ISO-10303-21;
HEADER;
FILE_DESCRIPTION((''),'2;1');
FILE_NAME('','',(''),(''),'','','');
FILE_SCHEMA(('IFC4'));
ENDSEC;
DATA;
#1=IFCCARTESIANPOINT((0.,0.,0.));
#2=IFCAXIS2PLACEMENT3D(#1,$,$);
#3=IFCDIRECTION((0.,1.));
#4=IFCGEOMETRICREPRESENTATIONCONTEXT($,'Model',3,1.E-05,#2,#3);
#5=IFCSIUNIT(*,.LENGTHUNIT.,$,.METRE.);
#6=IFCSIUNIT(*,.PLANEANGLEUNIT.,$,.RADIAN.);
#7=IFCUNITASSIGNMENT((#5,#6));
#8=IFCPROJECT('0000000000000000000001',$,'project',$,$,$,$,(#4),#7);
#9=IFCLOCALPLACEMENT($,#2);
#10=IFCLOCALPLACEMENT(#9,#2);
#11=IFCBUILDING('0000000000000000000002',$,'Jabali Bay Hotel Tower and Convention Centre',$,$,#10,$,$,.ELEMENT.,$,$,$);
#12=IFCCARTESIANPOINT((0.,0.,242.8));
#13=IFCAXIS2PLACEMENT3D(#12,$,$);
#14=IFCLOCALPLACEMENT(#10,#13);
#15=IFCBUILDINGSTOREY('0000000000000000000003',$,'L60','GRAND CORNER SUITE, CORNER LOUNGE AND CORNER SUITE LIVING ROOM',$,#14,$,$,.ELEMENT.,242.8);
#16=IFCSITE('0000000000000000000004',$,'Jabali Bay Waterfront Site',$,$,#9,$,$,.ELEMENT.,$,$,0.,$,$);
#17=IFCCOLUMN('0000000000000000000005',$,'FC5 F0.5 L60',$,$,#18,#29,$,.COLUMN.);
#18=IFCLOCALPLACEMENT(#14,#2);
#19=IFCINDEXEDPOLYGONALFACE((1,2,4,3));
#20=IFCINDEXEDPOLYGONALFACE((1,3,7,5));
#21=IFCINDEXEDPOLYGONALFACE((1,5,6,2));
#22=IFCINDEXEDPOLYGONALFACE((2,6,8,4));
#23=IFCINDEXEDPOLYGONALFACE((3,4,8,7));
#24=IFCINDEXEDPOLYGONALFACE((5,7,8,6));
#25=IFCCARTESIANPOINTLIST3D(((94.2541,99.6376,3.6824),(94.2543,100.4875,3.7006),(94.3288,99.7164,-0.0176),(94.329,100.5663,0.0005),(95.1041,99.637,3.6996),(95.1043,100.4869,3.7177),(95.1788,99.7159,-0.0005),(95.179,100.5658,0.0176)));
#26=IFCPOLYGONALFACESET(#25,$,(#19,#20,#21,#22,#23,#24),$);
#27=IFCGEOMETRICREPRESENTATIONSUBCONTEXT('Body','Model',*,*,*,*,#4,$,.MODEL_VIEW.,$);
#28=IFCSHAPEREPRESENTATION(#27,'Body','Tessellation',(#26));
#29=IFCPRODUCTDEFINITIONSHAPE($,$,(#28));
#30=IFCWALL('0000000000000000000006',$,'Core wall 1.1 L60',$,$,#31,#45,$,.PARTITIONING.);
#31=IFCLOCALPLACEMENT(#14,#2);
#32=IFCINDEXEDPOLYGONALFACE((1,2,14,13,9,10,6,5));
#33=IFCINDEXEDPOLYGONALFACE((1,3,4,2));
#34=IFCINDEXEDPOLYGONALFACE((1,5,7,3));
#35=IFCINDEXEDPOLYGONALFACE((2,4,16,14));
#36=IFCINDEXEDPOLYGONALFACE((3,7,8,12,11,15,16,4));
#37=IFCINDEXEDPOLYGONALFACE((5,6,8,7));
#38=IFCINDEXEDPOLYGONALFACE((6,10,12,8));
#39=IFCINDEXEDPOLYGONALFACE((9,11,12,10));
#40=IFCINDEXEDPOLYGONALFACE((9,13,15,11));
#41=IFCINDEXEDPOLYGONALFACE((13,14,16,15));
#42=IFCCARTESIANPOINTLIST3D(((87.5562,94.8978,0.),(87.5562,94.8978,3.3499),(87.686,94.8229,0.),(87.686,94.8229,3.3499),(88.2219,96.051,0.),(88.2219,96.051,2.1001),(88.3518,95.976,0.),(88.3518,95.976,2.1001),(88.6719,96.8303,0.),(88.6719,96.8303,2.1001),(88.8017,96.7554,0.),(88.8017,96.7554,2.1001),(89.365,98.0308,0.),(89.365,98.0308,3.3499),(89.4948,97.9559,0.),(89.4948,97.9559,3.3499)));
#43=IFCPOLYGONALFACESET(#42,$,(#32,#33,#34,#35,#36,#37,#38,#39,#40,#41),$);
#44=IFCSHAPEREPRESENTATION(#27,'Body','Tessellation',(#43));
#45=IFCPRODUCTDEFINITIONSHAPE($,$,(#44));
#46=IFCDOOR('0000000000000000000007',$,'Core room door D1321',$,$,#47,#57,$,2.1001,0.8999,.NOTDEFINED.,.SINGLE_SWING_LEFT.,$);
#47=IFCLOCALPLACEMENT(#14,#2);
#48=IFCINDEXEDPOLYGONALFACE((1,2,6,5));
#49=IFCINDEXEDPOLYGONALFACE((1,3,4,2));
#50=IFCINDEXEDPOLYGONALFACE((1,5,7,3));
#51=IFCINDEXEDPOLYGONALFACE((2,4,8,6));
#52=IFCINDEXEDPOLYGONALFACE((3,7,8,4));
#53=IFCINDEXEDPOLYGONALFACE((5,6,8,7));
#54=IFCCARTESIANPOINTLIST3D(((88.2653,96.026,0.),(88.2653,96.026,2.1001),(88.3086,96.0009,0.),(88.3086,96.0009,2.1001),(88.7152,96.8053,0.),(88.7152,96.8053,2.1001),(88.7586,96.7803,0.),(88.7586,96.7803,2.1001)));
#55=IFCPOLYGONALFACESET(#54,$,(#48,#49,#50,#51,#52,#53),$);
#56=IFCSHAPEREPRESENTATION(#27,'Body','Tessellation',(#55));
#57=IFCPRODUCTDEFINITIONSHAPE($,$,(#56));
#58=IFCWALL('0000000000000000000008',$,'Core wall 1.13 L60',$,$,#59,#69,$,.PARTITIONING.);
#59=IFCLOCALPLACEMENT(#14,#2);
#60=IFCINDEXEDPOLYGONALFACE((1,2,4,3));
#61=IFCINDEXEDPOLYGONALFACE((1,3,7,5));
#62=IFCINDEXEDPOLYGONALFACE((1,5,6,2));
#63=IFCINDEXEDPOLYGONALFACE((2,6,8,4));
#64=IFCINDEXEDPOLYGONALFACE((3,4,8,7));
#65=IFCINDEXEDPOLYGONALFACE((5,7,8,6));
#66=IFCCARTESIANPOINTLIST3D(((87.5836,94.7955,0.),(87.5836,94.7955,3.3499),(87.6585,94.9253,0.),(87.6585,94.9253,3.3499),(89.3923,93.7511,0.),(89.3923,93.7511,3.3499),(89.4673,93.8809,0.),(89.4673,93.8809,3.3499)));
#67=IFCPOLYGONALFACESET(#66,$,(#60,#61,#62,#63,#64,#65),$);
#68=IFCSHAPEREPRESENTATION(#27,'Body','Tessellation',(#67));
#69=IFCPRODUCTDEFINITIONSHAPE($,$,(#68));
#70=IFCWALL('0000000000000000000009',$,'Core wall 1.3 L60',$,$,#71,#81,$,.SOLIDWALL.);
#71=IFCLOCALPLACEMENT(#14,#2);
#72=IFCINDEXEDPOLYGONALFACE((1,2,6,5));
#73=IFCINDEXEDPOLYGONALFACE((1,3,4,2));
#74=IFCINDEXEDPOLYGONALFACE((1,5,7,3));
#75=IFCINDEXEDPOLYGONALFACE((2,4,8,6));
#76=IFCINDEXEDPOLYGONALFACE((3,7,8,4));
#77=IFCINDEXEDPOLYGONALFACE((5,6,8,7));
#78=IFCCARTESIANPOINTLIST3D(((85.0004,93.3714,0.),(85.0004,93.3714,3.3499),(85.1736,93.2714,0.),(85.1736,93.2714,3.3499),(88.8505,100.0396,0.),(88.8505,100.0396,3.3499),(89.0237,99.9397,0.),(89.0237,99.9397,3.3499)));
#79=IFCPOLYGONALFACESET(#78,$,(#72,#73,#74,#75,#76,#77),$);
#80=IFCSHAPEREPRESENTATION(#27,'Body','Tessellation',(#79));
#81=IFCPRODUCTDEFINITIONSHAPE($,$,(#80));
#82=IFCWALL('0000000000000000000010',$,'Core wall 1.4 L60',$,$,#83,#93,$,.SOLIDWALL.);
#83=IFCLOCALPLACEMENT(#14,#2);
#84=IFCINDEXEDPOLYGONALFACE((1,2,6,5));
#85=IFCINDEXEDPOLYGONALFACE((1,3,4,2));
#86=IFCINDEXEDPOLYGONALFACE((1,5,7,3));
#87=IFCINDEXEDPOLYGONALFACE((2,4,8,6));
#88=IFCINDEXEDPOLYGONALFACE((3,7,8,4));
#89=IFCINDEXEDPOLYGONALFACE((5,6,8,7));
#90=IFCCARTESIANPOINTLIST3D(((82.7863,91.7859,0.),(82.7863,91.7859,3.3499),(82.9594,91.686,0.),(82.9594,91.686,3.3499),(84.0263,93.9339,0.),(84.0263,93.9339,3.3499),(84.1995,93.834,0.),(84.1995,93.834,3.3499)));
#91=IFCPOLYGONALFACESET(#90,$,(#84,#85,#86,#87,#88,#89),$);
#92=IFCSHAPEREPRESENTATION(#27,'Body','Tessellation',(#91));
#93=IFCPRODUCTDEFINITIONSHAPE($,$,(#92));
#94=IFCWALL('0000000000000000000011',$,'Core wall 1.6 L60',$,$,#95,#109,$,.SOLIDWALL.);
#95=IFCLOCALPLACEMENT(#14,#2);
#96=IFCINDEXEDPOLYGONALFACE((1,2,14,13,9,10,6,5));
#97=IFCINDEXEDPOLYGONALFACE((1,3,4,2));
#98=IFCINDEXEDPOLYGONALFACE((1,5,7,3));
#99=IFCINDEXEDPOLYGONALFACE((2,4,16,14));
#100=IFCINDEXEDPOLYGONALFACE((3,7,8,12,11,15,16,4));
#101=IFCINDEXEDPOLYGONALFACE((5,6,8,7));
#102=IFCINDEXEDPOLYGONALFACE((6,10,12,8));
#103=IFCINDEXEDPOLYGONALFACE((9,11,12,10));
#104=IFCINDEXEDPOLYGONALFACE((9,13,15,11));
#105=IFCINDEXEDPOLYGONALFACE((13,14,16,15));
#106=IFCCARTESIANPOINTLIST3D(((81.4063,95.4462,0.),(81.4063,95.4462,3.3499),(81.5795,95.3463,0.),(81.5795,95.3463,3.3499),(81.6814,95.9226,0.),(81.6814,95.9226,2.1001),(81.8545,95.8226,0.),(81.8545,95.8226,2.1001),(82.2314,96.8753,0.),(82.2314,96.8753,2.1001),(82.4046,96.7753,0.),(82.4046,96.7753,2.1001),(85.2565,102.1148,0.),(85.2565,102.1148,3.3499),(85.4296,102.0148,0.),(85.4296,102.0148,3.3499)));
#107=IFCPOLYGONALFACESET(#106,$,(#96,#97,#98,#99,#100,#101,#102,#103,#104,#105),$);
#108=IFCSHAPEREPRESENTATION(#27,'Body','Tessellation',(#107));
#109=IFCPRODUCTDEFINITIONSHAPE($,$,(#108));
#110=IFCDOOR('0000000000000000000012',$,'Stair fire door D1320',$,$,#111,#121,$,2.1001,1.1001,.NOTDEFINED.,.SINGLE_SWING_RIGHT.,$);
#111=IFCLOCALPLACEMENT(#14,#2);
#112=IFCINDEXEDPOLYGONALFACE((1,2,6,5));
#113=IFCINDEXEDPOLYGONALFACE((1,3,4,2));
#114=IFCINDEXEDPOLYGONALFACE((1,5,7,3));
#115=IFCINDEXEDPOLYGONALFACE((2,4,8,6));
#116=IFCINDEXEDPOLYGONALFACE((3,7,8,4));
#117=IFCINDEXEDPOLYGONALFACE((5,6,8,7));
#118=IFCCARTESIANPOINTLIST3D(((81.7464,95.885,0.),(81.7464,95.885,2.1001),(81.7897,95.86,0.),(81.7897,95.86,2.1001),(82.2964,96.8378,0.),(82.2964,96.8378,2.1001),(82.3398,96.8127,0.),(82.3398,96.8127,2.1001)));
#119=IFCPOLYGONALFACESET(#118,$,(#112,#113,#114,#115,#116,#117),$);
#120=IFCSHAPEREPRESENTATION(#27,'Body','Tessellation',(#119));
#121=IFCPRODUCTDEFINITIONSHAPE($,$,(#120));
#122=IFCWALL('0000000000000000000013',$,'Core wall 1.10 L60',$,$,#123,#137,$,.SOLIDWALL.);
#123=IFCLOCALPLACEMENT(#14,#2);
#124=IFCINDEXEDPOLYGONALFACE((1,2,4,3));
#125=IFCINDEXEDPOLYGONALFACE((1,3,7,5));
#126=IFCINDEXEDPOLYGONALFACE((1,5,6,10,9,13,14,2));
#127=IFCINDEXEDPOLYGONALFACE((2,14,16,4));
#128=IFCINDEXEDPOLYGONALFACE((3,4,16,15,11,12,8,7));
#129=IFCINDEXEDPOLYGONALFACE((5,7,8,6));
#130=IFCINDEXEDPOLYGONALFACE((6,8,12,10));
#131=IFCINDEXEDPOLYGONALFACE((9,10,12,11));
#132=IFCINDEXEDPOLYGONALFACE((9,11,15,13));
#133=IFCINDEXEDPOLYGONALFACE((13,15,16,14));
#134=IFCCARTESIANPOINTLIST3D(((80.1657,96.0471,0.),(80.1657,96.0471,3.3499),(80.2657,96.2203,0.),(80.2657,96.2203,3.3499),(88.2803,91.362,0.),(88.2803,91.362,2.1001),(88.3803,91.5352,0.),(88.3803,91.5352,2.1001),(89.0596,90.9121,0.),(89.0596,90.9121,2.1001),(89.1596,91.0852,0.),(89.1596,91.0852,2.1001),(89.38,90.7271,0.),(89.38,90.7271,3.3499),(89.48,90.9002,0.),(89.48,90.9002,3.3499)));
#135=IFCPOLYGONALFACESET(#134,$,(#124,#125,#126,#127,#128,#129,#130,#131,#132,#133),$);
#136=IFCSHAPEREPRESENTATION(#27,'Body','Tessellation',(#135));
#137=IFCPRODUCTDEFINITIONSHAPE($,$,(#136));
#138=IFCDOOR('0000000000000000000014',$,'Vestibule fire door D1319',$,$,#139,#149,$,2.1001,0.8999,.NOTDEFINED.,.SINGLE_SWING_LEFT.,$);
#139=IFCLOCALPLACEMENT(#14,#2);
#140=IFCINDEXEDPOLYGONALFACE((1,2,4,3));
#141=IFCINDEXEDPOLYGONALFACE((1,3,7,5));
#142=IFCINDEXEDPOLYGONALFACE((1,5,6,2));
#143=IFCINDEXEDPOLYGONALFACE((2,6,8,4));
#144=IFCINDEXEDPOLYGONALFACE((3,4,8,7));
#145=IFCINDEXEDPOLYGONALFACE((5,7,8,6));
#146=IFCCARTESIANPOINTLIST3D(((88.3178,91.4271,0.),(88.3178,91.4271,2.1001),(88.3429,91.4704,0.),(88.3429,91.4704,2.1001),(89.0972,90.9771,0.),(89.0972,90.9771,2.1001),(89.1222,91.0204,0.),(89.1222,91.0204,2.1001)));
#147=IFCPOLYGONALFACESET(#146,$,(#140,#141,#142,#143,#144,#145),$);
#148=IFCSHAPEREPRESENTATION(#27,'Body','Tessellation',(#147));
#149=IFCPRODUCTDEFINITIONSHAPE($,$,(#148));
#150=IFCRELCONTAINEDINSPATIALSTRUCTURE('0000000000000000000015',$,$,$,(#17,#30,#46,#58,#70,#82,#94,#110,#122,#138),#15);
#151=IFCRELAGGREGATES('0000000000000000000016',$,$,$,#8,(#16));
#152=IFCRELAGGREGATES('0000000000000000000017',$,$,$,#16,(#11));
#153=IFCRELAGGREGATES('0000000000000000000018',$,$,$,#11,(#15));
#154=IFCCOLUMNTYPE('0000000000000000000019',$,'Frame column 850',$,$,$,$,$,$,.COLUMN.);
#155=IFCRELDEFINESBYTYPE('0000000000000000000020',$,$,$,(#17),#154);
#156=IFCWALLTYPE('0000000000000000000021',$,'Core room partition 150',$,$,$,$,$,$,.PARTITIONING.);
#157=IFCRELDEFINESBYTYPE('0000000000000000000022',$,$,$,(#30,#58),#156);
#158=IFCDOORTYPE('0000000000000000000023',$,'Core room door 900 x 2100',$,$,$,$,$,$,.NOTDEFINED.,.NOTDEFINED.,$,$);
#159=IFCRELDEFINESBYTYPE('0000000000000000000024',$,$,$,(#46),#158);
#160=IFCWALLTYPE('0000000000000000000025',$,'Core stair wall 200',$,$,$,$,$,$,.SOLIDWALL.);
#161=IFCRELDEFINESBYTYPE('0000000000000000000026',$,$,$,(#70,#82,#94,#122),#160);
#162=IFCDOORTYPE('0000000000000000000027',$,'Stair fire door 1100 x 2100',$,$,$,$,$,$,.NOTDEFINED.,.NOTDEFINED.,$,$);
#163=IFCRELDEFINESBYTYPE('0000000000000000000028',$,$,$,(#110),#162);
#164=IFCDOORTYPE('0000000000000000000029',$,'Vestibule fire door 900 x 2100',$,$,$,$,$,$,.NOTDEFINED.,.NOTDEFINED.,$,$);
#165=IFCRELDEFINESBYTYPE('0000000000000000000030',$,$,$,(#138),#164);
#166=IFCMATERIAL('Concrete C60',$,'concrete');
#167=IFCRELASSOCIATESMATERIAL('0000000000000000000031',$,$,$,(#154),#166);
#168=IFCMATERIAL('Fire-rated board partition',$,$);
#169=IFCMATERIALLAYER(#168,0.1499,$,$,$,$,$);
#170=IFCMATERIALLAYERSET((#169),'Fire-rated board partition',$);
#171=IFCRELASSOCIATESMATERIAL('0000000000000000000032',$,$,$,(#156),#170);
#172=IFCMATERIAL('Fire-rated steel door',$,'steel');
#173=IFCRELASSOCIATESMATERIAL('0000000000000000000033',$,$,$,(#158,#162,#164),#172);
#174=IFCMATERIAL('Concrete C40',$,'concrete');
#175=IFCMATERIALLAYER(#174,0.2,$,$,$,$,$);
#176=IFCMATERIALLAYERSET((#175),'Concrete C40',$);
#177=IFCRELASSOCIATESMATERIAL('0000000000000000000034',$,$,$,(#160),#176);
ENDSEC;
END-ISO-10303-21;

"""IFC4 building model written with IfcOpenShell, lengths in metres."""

from ifc_helpers import new_model, si_unit, direction, frame, frame_2d, origin, origin_2d, place, context, subcontext, project, spatial, rectangle, extrude, material, layer, layer_set, material_profile, profile_set, type_object, element, fill, save


model = new_model("IFC4")

# Units and contexts
model_context = context("Model", 3, precision=1e-05, world=origin(), true_north=direction((0.0, 1.0)))
body_context = subcontext(model_context, "Body", "Model", "MODEL_VIEW")
ifc_project = project(units=[si_unit("LENGTHUNIT", "METRE"), si_unit("PLANEANGLEUNIT", "RADIAN")], contexts=[model_context])

# Site, building, storey
site_placement = place(None, origin())
site = spatial("IfcSite", under=ifc_project, at=site_placement, Name="Jabali Bay Waterfront Site", CompositionType="ELEMENT", RefElevation=0.0)
building_placement = place(site_placement, origin())
building = spatial("IfcBuilding", under=site, at=building_placement, Name="Jabali Bay Hotel Tower and Convention Centre", CompositionType="ELEMENT")
storey_placement = place(building_placement, frame((0.0, 0.0, 242.8)))
storey = spatial("IfcBuildingStorey", under=building, at=storey_placement, Name="L60", Description="GRAND CORNER SUITE, CORNER LOUNGE AND CORNER SUITE LIVING ROOM", CompositionType="ELEMENT", Elevation=242.8)

# Column
ifc_material_1 = material(Name="Concrete C60", Category="concrete")
ifc_material_profile = material_profile(ifc_material_1, rectangle(XDim=0.8501, YDim=0.8501, at=origin_2d()), Name="Frame column 850")
ifc_profile_set = profile_set([ifc_material_profile], Name="Concrete C60")
column_type = type_object("IfcColumnType", Name="Frame column 850", PredefinedType="COLUMN", material=ifc_profile_set)
column_placement = place(storey_placement, frame((94.7539, 100.1411, 0.0), z_axis=(-0.020183, -0.021304, 0.999569), x_axis=(0.999796, -0.000658, 0.020173)))
element("IfcColumn", 1, at=column_placement, inside=storey, type_object=column_type, Name="FC5 F0.5 L60", PredefinedType="COLUMN", context=body_context, shape_type="SweptSolid", body=[
    extrude(rectangle(XDim=0.8501, YDim=0.8501, at=origin_2d()), origin(), (0.0, 0.0, 1.0), 3.7017),
])

# Wall, opening, door
ifc_material_2 = material(Name="Fire-rated board partition")
ifc_layer_1 = layer(ifc_material_2, 0.1499)
ifc_layer_set_1 = layer_set([ifc_layer_1], Name="Fire-rated board partition")
wall_type_1 = type_object("IfcWallType", Name="Core room partition 150", PredefinedType="PARTITIONING", material=ifc_layer_set_1)
wall_1_placement = place(storey_placement, frame((87.6211, 94.8604, 0.0), z_axis=(0.0, 0.0, 1.0), x_axis=(0.499993, 0.866029, 0.0)))
wall_1 = element("IfcWall", 2, at=wall_1_placement, inside=storey, type_object=wall_type_1, Name="Core wall 1.1 L60", PredefinedType="PARTITIONING", context=body_context, shape_type="SweptSolid", body=[
    extrude(rectangle(XDim=3.6177, YDim=0.1499, at=frame_2d((1.8088, 0.0))), origin(), (0.0, 0.0, 1.0), 3.3499),
])
opening_1_placement = place(wall_1_placement, frame((1.3315, 0.0, 0.0)))
opening_1 = element("IfcOpeningElement", 3, at=opening_1_placement, cuts=wall_1, PredefinedType="OPENING", context=body_context, shape_type="SweptSolid", body=[
    extrude(rectangle(XDim=0.8999, YDim=2.1001, at=frame_2d((0.45, 1.05))), frame((0.0, 0.0854, 0.0), z_axis=(0.0, -1.0, 0.0), x_axis=(1.0, 0.0, 0.0)), (0.0, 0.0, 1.0), 0.1709),
])
ifc_material_3 = material(Name="Fire-rated steel door", Category="steel")
door_type_1 = type_object("IfcDoorType", Name="Core room door 900 x 2100", OperationType="NOTDEFINED", PredefinedType="NOTDEFINED", material=ifc_material_3)
door_1_placement = place(opening_1_placement, origin())
door_1 = element("IfcDoor", 4, at=door_1_placement, inside=storey, type_object=door_type_1, Name="Core room door D1321", OperationType="SINGLE_SWING_LEFT", OverallHeight=2.1001, OverallWidth=0.8999, PredefinedType="NOTDEFINED", context=body_context, shape_type="SweptSolid", body=[
    extrude(rectangle(XDim=0.8999, YDim=2.1001, at=frame_2d((0.45, 1.05))), frame((0.0, 0.0249, 0.0), z_axis=(0.0, -1.0, 0.0), x_axis=(1.0, 0.0, 0.0)), (0.0, 0.0, 1.0), 0.05),
])
fill(opening_1, door_1)

# Walls
wall_2_placement = place(storey_placement, frame((89.4299, 93.8159, 0.0), z_axis=(0.0, 0.0, 1.0), x_axis=(-0.866005, 0.500036, 0.0)))
element("IfcWall", 5, at=wall_2_placement, inside=storey, type_object=wall_type_1, Name="Core wall 1.13 L60", PredefinedType="PARTITIONING", context=body_context, shape_type="SweptSolid", body=[
    extrude(rectangle(XDim=2.0886, YDim=0.1499, at=frame_2d((1.0444, 0.0))), origin(), (0.0, 0.0, 1.0), 3.3499),
])
ifc_material_4 = material(Name="Concrete C40", Category="concrete")
ifc_layer_2 = layer(ifc_material_4, 0.2)
ifc_layer_set_2 = layer_set([ifc_layer_2], Name="Concrete C40")
wall_type_2 = type_object("IfcWallType", Name="Core stair wall 200", PredefinedType="SOLIDWALL", material=ifc_layer_set_2)
wall_3_placement = place(storey_placement, frame((85.0869, 93.3213, 0.0), z_axis=(0.0, 0.0, 1.0), x_axis=(0.50002, 0.866014, 0.0)))
element("IfcWall", 6, at=wall_3_placement, inside=storey, type_object=wall_type_2, Name="Core wall 1.3 L60", PredefinedType="SOLIDWALL", context=body_context, shape_type="SweptSolid", body=[
    extrude(rectangle(XDim=7.7, YDim=0.2, at=frame_2d((3.8501, 0.0))), origin(), (0.0, 0.0, 1.0), 3.3499),
])
wall_4_placement = place(storey_placement, frame((82.8728, 91.7358, 0.0), z_axis=(0.0, 0.0, 1.0), x_axis=(0.499961, 0.866048, 0.0)))
element("IfcWall", 7, at=wall_4_placement, inside=storey, type_object=wall_type_2, Name="Core wall 1.4 L60", PredefinedType="SOLIDWALL", context=body_context, shape_type="SweptSolid", body=[
    extrude(rectangle(XDim=2.4802, YDim=0.2, at=frame_2d((1.2402, 0.0))), origin(), (0.0, 0.0, 1.0), 3.3499),
])

# Walls, openings, doors
wall_5_placement = place(storey_placement, frame((81.4929, 95.3962, 0.0), z_axis=(0.0, 0.0, 1.0), x_axis=(0.500006, 0.866022, 0.0)))
wall_5 = element("IfcWall", 8, at=wall_5_placement, inside=storey, type_object=wall_type_2, Name="Core wall 1.6 L60", PredefinedType="SOLIDWALL", context=body_context, shape_type="SweptSolid", body=[
    extrude(rectangle(XDim=7.7002, YDim=0.2, at=frame_2d((3.8501, 0.0))), origin(), (0.0, 0.0, 1.0), 3.3499),
])
opening_2_placement = place(wall_5_placement, frame((0.55, 0.0, 0.0)))
opening_2 = element("IfcOpeningElement", 9, at=opening_2_placement, cuts=wall_5, PredefinedType="OPENING", context=body_context, shape_type="SweptSolid", body=[
    extrude(rectangle(XDim=1.1001, YDim=2.1001, at=frame_2d((0.55, 1.05))), frame((0.0, 0.1104, 0.0), z_axis=(0.0, -1.0, 0.0), x_axis=(1.0, 0.0, 0.0)), (0.0, 0.0, 1.0), 0.2209),
])
door_type_2 = type_object("IfcDoorType", Name="Stair fire door 1100 x 2100", OperationType="NOTDEFINED", PredefinedType="NOTDEFINED", material=ifc_material_3)
door_2_placement = place(opening_2_placement, origin())
door_2 = element("IfcDoor", 10, at=door_2_placement, inside=storey, type_object=door_type_2, Name="Stair fire door D1320", OperationType="SINGLE_SWING_RIGHT", OverallHeight=2.1001, OverallWidth=1.1001, PredefinedType="NOTDEFINED", context=body_context, shape_type="SweptSolid", body=[
    extrude(rectangle(XDim=1.1001, YDim=2.1001, at=frame_2d((0.55, 1.05))), frame((0.0, 0.0249, 0.0), z_axis=(0.0, -1.0, 0.0), x_axis=(1.0, 0.0, 0.0)), (0.0, 0.0, 1.0), 0.05),
])
fill(opening_2, door_2)
wall_6_placement = place(storey_placement, frame((89.4299, 90.8137, 0.0), z_axis=(0.0, 0.0, 1.0), x_axis=(-0.866019, 0.500011, 0.0)))
wall_6 = element("IfcWall", 11, at=wall_6_placement, inside=storey, type_object=wall_type_2, Name="Core wall 1.10 L60", PredefinedType="SOLIDWALL", context=body_context, shape_type="SweptSolid", body=[
    extrude(rectangle(XDim=10.6399, YDim=0.2, at=frame_2d((5.3198, 0.0))), origin(), (0.0, 0.0, 1.0), 3.3499),
])
opening_3_placement = place(wall_6_placement, frame((0.3699, 0.0, 0.0)))
opening_3 = element("IfcOpeningElement", 12, at=opening_3_placement, cuts=wall_6, PredefinedType="OPENING", context=body_context, shape_type="SweptSolid", body=[
    extrude(rectangle(XDim=0.8999, YDim=2.1001, at=frame_2d((0.45, 1.05))), frame((0.0, 0.1104, 0.0), z_axis=(0.0, -1.0, 0.0), x_axis=(1.0, 0.0, 0.0)), (0.0, 0.0, 1.0), 0.2209),
])
door_type_3 = type_object("IfcDoorType", Name="Vestibule fire door 900 x 2100", OperationType="NOTDEFINED", PredefinedType="NOTDEFINED", material=ifc_material_3)
door_3_placement = place(opening_3_placement, origin())
door_3 = element("IfcDoor", 13, at=door_3_placement, inside=storey, type_object=door_type_3, Name="Vestibule fire door D1319", OperationType="SINGLE_SWING_LEFT", OverallHeight=2.1001, OverallWidth=0.8999, PredefinedType="NOTDEFINED", context=body_context, shape_type="SweptSolid", body=[
    extrude(rectangle(XDim=0.8999, YDim=2.1001, at=frame_2d((0.45, 1.05))), frame((0.0, 0.0249, 0.0), z_axis=(0.0, -1.0, 0.0), x_axis=(1.0, 0.0, 0.0)), (0.0, 0.0, 1.0), 0.05),
])
fill(opening_3, door_3)

save(model, "model.ifc")
